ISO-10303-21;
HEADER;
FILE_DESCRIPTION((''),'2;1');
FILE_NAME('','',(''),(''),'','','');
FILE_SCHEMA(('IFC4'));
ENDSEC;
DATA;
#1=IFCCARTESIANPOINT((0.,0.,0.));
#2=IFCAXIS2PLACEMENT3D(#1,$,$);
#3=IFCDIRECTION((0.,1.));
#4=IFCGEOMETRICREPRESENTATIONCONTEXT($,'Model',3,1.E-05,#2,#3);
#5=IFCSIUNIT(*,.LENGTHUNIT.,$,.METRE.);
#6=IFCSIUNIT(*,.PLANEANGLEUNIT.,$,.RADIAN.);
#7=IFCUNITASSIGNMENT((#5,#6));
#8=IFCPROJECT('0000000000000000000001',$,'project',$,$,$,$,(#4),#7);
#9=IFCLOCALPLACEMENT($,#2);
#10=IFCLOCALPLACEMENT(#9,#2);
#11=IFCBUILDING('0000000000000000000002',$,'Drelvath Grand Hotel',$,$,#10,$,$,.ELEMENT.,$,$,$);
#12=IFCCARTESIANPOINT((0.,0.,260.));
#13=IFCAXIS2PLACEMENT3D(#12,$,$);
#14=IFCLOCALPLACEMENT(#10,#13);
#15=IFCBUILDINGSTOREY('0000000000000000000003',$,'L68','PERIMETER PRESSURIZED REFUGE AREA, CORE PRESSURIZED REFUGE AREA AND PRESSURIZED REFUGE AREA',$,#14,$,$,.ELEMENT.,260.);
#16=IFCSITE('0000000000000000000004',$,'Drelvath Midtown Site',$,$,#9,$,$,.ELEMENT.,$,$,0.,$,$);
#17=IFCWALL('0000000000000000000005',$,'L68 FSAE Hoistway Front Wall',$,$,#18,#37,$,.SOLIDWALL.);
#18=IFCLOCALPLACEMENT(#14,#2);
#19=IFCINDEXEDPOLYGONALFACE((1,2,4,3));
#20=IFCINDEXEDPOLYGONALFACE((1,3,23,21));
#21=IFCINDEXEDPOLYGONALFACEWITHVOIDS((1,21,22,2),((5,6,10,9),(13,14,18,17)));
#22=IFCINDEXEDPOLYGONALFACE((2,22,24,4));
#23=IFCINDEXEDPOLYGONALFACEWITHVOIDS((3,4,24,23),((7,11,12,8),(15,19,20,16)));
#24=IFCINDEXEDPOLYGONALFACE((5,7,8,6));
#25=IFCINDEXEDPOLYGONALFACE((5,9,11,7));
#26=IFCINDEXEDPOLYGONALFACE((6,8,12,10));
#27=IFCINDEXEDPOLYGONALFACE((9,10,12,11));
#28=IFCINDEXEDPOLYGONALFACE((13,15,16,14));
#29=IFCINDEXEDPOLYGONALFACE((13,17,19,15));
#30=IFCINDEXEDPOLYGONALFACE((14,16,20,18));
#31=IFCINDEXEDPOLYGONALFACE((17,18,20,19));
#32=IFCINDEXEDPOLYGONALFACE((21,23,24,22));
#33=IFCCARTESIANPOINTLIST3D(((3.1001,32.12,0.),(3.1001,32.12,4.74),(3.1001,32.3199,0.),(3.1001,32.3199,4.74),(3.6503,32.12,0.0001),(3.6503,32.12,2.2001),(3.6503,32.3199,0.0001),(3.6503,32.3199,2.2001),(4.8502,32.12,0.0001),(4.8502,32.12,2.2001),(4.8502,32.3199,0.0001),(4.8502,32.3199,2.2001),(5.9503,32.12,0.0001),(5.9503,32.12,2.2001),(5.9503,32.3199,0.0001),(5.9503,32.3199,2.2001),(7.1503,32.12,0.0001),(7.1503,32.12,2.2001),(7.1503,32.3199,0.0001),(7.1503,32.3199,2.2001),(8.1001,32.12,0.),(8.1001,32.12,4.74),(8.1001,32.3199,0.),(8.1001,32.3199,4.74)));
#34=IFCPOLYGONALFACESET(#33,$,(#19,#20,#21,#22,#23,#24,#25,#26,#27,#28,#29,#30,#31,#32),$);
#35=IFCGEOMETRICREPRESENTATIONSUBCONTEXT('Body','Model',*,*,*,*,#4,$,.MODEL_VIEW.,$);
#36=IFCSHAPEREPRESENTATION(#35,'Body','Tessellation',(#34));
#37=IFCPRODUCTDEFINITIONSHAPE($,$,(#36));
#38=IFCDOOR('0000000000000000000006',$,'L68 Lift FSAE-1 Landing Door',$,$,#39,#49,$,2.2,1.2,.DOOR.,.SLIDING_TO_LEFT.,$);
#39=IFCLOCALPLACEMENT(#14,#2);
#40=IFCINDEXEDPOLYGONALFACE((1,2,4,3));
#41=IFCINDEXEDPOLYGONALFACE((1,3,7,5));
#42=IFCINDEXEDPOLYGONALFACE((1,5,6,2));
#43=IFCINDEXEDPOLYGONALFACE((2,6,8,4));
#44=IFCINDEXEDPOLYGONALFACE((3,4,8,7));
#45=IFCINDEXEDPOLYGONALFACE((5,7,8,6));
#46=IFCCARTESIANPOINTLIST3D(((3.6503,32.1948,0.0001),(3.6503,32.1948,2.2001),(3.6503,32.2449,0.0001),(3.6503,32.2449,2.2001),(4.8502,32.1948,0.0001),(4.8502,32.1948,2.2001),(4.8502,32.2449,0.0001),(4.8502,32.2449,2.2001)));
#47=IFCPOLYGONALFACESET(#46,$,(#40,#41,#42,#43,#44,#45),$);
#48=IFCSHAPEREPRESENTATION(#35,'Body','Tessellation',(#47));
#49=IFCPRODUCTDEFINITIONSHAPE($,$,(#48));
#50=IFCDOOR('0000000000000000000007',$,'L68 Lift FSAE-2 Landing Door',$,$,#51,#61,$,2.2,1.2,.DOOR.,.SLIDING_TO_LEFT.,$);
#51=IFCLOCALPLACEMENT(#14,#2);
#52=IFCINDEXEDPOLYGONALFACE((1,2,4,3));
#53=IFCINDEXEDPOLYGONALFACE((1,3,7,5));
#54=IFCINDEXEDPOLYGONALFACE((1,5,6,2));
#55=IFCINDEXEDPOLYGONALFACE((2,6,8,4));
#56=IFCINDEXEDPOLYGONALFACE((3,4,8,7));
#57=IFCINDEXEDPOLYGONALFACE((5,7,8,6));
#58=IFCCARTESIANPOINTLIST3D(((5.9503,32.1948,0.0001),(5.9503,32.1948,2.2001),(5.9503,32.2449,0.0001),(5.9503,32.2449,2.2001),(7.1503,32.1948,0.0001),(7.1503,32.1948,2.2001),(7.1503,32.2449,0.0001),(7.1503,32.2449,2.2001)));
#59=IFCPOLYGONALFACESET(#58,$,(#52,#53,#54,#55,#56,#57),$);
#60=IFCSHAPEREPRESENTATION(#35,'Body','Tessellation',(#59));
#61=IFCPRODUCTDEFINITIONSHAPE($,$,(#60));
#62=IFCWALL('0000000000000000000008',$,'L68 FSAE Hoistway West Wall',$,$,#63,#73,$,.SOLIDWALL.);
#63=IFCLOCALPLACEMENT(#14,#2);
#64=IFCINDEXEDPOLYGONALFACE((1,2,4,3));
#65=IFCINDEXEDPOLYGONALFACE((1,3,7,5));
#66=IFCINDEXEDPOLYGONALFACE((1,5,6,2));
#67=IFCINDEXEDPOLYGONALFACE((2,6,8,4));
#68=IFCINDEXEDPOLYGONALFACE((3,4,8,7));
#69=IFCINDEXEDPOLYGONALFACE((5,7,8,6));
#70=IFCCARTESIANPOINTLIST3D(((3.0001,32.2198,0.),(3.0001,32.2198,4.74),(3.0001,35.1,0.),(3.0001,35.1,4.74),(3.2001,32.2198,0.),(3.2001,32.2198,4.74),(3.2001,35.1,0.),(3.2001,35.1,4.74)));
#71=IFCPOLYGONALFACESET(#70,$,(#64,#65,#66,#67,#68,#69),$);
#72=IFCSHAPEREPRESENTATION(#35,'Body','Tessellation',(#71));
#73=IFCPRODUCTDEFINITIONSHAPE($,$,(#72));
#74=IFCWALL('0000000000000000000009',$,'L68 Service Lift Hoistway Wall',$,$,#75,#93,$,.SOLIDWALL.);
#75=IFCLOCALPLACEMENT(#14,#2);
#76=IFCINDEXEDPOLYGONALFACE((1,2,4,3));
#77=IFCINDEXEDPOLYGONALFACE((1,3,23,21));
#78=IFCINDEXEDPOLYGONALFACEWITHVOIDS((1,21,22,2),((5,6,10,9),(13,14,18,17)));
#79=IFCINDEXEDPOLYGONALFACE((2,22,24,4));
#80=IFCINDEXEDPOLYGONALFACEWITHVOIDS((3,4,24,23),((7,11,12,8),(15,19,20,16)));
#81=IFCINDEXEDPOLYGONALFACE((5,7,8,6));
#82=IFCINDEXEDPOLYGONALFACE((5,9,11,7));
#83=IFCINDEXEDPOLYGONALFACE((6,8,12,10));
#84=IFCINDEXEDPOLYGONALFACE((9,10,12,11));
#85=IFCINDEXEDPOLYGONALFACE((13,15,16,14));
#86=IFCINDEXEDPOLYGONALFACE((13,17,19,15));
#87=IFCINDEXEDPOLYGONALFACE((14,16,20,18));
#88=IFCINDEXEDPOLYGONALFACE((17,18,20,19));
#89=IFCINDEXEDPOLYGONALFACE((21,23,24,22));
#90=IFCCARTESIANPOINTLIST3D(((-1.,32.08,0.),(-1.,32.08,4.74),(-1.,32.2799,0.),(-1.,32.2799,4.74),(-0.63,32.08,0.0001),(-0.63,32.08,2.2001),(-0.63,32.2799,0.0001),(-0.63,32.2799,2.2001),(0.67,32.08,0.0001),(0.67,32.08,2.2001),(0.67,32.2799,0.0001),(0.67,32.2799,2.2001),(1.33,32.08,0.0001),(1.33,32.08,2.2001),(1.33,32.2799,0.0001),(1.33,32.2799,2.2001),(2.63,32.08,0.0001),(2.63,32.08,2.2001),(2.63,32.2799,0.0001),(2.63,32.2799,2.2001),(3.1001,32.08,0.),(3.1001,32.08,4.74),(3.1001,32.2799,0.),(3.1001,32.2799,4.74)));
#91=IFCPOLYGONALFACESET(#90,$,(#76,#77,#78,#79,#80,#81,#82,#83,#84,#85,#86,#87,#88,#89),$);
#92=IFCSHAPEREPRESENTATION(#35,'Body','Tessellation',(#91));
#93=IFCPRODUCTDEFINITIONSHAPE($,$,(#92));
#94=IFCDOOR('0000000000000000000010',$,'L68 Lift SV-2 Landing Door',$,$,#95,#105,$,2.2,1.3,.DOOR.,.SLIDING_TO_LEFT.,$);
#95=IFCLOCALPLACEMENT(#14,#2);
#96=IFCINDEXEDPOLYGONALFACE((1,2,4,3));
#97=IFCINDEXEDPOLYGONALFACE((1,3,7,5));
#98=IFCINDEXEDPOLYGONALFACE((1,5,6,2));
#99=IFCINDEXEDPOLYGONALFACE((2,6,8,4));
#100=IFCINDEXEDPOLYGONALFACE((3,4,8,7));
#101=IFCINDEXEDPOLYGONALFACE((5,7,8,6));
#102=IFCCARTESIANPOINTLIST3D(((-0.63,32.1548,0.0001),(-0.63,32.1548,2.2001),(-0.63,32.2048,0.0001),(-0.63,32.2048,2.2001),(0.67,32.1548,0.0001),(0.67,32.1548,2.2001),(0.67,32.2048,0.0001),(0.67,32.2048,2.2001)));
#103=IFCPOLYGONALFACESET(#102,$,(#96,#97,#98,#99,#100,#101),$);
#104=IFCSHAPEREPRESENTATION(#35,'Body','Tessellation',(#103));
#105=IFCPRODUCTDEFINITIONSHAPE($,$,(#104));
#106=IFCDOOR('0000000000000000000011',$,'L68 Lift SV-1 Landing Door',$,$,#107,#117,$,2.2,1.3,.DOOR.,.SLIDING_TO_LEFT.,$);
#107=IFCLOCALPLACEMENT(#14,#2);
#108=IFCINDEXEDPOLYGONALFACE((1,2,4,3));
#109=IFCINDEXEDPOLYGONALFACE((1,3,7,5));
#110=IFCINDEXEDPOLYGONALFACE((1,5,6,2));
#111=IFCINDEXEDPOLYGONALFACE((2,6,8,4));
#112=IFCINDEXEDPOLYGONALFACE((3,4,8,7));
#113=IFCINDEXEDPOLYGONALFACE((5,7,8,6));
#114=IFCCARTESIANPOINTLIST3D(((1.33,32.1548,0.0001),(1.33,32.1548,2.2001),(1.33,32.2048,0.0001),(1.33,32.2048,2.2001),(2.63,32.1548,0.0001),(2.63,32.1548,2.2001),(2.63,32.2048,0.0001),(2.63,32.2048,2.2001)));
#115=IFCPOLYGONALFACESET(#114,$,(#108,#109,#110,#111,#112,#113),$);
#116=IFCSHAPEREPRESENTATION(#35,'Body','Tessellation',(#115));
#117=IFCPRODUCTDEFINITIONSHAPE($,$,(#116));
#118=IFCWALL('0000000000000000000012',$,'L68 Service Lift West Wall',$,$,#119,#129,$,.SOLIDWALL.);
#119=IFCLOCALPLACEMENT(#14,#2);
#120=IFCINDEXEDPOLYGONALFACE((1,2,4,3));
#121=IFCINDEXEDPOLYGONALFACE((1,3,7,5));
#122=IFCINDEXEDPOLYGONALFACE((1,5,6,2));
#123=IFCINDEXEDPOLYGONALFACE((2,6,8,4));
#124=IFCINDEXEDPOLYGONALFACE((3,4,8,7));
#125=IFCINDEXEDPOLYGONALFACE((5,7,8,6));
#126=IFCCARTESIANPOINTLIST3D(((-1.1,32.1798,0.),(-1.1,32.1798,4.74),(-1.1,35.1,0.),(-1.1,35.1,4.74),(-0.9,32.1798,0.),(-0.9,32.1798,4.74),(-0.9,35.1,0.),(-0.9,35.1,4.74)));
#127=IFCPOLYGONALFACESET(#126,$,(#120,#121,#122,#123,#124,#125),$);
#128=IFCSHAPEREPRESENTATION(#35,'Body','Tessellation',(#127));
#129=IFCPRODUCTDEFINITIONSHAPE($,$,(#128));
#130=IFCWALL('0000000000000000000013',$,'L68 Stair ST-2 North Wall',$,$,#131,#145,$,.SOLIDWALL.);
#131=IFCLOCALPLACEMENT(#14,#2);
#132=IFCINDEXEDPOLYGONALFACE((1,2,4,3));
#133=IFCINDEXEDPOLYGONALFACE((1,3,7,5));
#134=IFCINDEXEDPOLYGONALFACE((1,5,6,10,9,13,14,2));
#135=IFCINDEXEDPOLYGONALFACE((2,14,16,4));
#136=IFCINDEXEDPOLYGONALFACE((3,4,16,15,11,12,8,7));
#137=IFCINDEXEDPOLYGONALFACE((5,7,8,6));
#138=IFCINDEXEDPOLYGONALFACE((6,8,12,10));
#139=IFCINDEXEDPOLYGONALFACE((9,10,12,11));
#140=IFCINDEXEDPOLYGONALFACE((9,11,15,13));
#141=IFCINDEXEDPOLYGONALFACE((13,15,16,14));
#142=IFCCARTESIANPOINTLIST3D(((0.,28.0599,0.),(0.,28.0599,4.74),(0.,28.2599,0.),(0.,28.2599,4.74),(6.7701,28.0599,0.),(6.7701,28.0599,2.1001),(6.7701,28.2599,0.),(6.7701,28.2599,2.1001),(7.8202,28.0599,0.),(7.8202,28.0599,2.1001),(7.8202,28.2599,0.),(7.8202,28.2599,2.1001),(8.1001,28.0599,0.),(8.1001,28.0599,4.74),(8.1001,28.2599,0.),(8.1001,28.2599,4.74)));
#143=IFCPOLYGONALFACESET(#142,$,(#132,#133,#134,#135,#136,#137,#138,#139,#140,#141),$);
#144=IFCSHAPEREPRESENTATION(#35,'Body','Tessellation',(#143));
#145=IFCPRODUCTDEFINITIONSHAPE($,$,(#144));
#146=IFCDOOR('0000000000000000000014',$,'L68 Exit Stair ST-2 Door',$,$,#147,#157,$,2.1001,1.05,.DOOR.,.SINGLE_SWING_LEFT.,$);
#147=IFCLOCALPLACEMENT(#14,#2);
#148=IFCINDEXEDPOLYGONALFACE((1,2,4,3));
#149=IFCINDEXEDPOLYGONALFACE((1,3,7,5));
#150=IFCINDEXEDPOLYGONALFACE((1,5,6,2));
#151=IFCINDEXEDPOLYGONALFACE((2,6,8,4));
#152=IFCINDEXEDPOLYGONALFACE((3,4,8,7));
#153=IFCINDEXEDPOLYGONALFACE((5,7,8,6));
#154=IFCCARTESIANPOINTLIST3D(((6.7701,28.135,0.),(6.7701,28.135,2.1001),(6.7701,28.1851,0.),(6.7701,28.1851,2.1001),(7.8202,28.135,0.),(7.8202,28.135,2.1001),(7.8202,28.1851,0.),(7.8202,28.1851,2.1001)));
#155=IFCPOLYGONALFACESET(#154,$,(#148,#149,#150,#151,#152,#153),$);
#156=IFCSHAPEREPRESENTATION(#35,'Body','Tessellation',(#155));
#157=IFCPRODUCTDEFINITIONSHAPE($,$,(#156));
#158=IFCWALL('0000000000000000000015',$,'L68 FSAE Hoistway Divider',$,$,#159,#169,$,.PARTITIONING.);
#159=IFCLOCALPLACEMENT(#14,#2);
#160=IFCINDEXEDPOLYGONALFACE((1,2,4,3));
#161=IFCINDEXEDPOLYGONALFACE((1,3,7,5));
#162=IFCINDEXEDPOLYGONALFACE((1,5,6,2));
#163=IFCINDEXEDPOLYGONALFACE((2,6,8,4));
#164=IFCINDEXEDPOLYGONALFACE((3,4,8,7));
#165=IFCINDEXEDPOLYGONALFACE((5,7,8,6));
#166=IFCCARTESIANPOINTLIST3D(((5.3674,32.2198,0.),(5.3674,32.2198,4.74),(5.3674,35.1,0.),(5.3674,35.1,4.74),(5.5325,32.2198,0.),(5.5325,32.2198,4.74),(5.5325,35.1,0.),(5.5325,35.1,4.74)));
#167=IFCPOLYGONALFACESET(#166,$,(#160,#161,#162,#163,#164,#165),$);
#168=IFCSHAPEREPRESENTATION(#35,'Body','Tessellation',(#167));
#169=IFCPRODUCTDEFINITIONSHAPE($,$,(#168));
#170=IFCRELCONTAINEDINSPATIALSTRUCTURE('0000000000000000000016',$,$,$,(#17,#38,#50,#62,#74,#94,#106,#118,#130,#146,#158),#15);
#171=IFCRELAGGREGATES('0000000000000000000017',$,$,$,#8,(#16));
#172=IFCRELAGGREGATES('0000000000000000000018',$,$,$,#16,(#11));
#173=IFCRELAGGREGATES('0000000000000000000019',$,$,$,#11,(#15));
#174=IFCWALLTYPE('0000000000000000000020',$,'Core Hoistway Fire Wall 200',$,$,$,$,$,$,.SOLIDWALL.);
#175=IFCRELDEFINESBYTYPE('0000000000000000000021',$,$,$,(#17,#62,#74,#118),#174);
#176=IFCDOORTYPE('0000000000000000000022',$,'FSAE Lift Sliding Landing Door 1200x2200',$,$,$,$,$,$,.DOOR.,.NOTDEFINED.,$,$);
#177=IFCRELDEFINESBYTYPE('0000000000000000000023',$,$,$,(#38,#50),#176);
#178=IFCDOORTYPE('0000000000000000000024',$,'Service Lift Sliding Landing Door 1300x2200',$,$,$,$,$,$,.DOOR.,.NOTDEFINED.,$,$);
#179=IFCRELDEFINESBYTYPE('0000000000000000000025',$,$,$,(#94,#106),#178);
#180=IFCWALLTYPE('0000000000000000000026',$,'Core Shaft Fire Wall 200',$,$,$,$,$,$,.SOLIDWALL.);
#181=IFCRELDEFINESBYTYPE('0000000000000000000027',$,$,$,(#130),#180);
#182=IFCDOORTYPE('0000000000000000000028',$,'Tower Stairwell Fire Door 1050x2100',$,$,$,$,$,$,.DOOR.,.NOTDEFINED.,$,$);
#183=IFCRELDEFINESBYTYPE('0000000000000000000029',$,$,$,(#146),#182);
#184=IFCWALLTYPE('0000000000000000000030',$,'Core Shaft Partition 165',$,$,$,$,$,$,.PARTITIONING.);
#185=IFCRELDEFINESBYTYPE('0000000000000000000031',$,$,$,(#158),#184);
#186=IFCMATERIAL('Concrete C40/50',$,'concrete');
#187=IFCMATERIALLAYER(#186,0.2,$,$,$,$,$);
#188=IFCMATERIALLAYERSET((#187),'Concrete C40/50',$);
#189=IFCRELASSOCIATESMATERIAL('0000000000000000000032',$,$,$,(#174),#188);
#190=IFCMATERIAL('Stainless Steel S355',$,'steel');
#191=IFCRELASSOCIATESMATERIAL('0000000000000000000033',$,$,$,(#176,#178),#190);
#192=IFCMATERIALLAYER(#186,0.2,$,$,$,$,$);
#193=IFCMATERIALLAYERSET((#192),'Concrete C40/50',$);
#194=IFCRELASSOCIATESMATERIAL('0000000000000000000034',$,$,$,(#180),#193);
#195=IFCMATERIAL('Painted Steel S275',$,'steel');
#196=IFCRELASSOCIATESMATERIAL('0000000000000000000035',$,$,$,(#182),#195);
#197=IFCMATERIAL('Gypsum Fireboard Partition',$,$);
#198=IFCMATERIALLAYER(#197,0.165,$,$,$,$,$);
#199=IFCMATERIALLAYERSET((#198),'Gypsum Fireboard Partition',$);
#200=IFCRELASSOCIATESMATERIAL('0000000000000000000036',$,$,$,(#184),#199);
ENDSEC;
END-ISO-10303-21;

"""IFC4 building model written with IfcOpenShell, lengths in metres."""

from ifc_helpers import new_model, si_unit, direction, frame, frame_2d, origin, place, context, subcontext, project, spatial, rectangle, extrude, material, layer, layer_set, type_object, element, fill, save


model = new_model("IFC4")

# Units and contexts
model_context = context("Model", 3, precision=1e-05, world=origin(), true_north=direction((0.0, 1.0)))
body_context = subcontext(model_context, "Body", "Model", "MODEL_VIEW")
ifc_project = project(units=[si_unit("LENGTHUNIT", "METRE"), si_unit("PLANEANGLEUNIT", "RADIAN")], contexts=[model_context])

# Site, building, storey
site_placement = place(None, origin())
site = spatial("IfcSite", under=ifc_project, at=site_placement, Name="Drelvath Midtown Site", CompositionType="ELEMENT", RefElevation=0.0)
building_placement = place(site_placement, origin())
building = spatial("IfcBuilding", under=site, at=building_placement, Name="Drelvath Grand Hotel", CompositionType="ELEMENT")
storey_placement = place(building_placement, frame((0.0, 0.0, 260.0)))
storey = spatial("IfcBuildingStorey", under=building, at=storey_placement, Name="L68", Description="PERIMETER PRESSURIZED REFUGE AREA, CORE PRESSURIZED REFUGE AREA AND PRESSURIZED REFUGE AREA", CompositionType="ELEMENT", Elevation=260.0)

# Wall, openings, doors
ifc_material_1 = material(Name="Concrete C40/50", Category="concrete")
ifc_layer_1 = layer(ifc_material_1, 0.2)
ifc_layer_set_1 = layer_set([ifc_layer_1], Name="Concrete C40/50")
wall_type_1 = type_object("IfcWallType", Name="Core Hoistway Fire Wall 200", PredefinedType="SOLIDWALL", material=ifc_layer_set_1)
wall_1_placement = place(storey_placement, frame((3.1001, 32.22, 0.0), z_axis=(0.0, 0.0, 1.0), x_axis=(1.0, 0.0, 0.0)))
wall_1 = element("IfcWall", 1, at=wall_1_placement, inside=storey, type_object=wall_type_1, Name="L68 FSAE Hoistway Front Wall", PredefinedType="SOLIDWALL", context=body_context, shape_type="SweptSolid", body=[
    extrude(rectangle(XDim=5.0, YDim=0.2, at=frame_2d((2.5, 0.0))), origin(), (0.0, 0.0, 1.0), 4.74),
])
opening_1_placement = place(wall_1_placement, frame((0.55, 0.0, 0.0)))
opening_1 = element("IfcOpeningElement", 2, at=opening_1_placement, cuts=wall_1, PredefinedType="OPENING", context=body_context, shape_type="SweptSolid", body=[
    extrude(rectangle(XDim=1.2, YDim=2.2, at=frame_2d((0.6001, 1.1001))), frame((0.0, 0.1099, 0.0), z_axis=(0.0, -1.0, 0.0), x_axis=(1.0, 0.0, 0.0)), (0.0, 0.0, 1.0), 0.22),
])
opening_2_placement = place(wall_1_placement, frame((2.8501, 0.0, 0.0)))
opening_2 = element("IfcOpeningElement", 3, at=opening_2_placement, cuts=wall_1, PredefinedType="OPENING", context=body_context, shape_type="SweptSolid", body=[
    extrude(rectangle(XDim=1.2, YDim=2.2, at=frame_2d((0.6001, 1.1001))), frame((0.0, 0.1099, 0.0), z_axis=(0.0, -1.0, 0.0), x_axis=(1.0, 0.0, 0.0)), (0.0, 0.0, 1.0), 0.22),
])
ifc_material_2 = material(Name="Stainless Steel S355", Category="steel")
door_type_1 = type_object("IfcDoorType", Name="FSAE Lift Sliding Landing Door 1200x2200", OperationType="NOTDEFINED", PredefinedType="DOOR", material=ifc_material_2)
door_1_placement = place(opening_1_placement, origin())
door_1 = element("IfcDoor", 4, at=door_1_placement, inside=storey, type_object=door_type_1, Name="L68 Lift FSAE-1 Landing Door", OperationType="SLIDING_TO_LEFT", OverallHeight=2.2, OverallWidth=1.2, PredefinedType="DOOR", context=body_context, shape_type="SweptSolid", body=[
    extrude(rectangle(XDim=1.2, YDim=2.2, at=frame_2d((0.6001, 1.1001))), frame((0.0, 0.0249, 0.0), z_axis=(0.0, -1.0, 0.0), x_axis=(1.0, 0.0, 0.0)), (0.0, 0.0, 1.0), 0.05),
])
fill(opening_1, door_1)
door_2_placement = place(opening_2_placement, origin())
door_2 = element("IfcDoor", 5, at=door_2_placement, inside=storey, type_object=door_type_1, Name="L68 Lift FSAE-2 Landing Door", OperationType="SLIDING_TO_LEFT", OverallHeight=2.2, OverallWidth=1.2, PredefinedType="DOOR", context=body_context, shape_type="SweptSolid", body=[
    extrude(rectangle(XDim=1.2, YDim=2.2, at=frame_2d((0.6001, 1.1001))), frame((0.0, 0.0249, 0.0), z_axis=(0.0, -1.0, 0.0), x_axis=(1.0, 0.0, 0.0)), (0.0, 0.0, 1.0), 0.05),
])
fill(opening_2, door_2)

# Wall
wall_2_placement = place(storey_placement, frame((3.1001, 32.22, 0.0), z_axis=(0.0, 0.0, 1.0), x_axis=(0.0, 1.0, 0.0)))
element("IfcWall", 6, at=wall_2_placement, inside=storey, type_object=wall_type_1, Name="L68 FSAE Hoistway West Wall", PredefinedType="SOLIDWALL", context=body_context, shape_type="SweptSolid", body=[
    extrude(rectangle(XDim=2.8801, YDim=0.2, at=frame_2d((1.4399, 0.0))), origin(), (0.0, 0.0, 1.0), 4.74),
])

# Wall, openings, doors
wall_3_placement = place(storey_placement, frame((-1.0, 32.1799, 0.0), z_axis=(0.0, 0.0, 1.0), x_axis=(1.0, 0.0, 0.0)))
wall_3 = element("IfcWall", 7, at=wall_3_placement, inside=storey, type_object=wall_type_1, Name="L68 Service Lift Hoistway Wall", PredefinedType="SOLIDWALL", context=body_context, shape_type="SweptSolid", body=[
    extrude(rectangle(XDim=4.1001, YDim=0.2, at=frame_2d((2.05, 0.0))), origin(), (0.0, 0.0, 1.0), 4.74),
])
opening_3_placement = place(wall_3_placement, frame((0.3701, 0.0, 0.0)))
opening_3 = element("IfcOpeningElement", 8, at=opening_3_placement, cuts=wall_3, PredefinedType="OPENING", context=body_context, shape_type="SweptSolid", body=[
    extrude(rectangle(XDim=1.3, YDim=2.2, at=frame_2d((0.6499, 1.1001))), frame((0.0, 0.1099, 0.0), z_axis=(0.0, -1.0, 0.0), x_axis=(1.0, 0.0, 0.0)), (0.0, 0.0, 1.0), 0.22),
])
opening_4_placement = place(wall_3_placement, frame((2.3301, 0.0, 0.0)))
opening_4 = element("IfcOpeningElement", 9, at=opening_4_placement, cuts=wall_3, PredefinedType="OPENING", context=body_context, shape_type="SweptSolid", body=[
    extrude(rectangle(XDim=1.3, YDim=2.2, at=frame_2d((0.6499, 1.1001))), frame((0.0, 0.1099, 0.0), z_axis=(0.0, -1.0, 0.0), x_axis=(1.0, 0.0, 0.0)), (0.0, 0.0, 1.0), 0.22),
])
door_type_2 = type_object("IfcDoorType", Name="Service Lift Sliding Landing Door 1300x2200", OperationType="NOTDEFINED", PredefinedType="DOOR", material=ifc_material_2)
door_3_placement = place(opening_3_placement, origin())
door_3 = element("IfcDoor", 10, at=door_3_placement, inside=storey, type_object=door_type_2, Name="L68 Lift SV-2 Landing Door", OperationType="SLIDING_TO_LEFT", OverallHeight=2.2, OverallWidth=1.3, PredefinedType="DOOR", context=body_context, shape_type="SweptSolid", body=[
    extrude(rectangle(XDim=1.3, YDim=2.2, at=frame_2d((0.6499, 1.1001))), frame((0.0, 0.0249, 0.0), z_axis=(0.0, -1.0, 0.0), x_axis=(1.0, 0.0, 0.0)), (0.0, 0.0, 1.0), 0.05),
])
fill(opening_3, door_3)
door_4_placement = place(opening_4_placement, origin())
door_4 = element("IfcDoor", 11, at=door_4_placement, inside=storey, type_object=door_type_2, Name="L68 Lift SV-1 Landing Door", OperationType="SLIDING_TO_LEFT", OverallHeight=2.2, OverallWidth=1.3, PredefinedType="DOOR", context=body_context, shape_type="SweptSolid", body=[
    extrude(rectangle(XDim=1.3, YDim=2.2, at=frame_2d((0.6499, 1.1001))), frame((0.0, 0.0249, 0.0), z_axis=(0.0, -1.0, 0.0), x_axis=(1.0, 0.0, 0.0)), (0.0, 0.0, 1.0), 0.05),
])
fill(opening_4, door_4)

# Wall
wall_4_placement = place(storey_placement, frame((-1.0, 32.1799, 0.0), z_axis=(0.0, 0.0, 1.0), x_axis=(0.0, 1.0, 0.0)))
element("IfcWall", 12, at=wall_4_placement, inside=storey, type_object=wall_type_1, Name="L68 Service Lift West Wall", PredefinedType="SOLIDWALL", context=body_context, shape_type="SweptSolid", body=[
    extrude(rectangle(XDim=2.9202, YDim=0.2, at=frame_2d((1.46, 0.0))), origin(), (0.0, 0.0, 1.0), 4.74),
])

# Wall, opening, door
ifc_layer_2 = layer(ifc_material_1, 0.2)
ifc_layer_set_2 = layer_set([ifc_layer_2], Name="Concrete C40/50")
wall_type_2 = type_object("IfcWallType", Name="Core Shaft Fire Wall 200", PredefinedType="SOLIDWALL", material=ifc_layer_set_2)
wall_5_placement = place(storey_placement, frame((8.1001, 28.1599, 0.0), z_axis=(0.0, 0.0, 1.0), x_axis=(-1.0, 0.0, 0.0)))
wall_5 = element("IfcWall", 13, at=wall_5_placement, inside=storey, type_object=wall_type_2, Name="L68 Stair ST-2 North Wall", PredefinedType="SOLIDWALL", context=body_context, shape_type="SweptSolid", body=[
    extrude(rectangle(XDim=8.1001, YDim=0.2, at=frame_2d((4.05, 0.0))), origin(), (0.0, 0.0, 1.0), 4.74),
])
opening_5_placement = place(wall_5_placement, frame((0.28, 0.0, 0.0)))
opening_5 = element("IfcOpeningElement", 14, at=opening_5_placement, cuts=wall_5, PredefinedType="OPENING", context=body_context, shape_type="SweptSolid", body=[
    extrude(rectangle(XDim=1.05, YDim=2.1001, at=frame_2d((0.5249, 1.05))), frame((0.0, 0.1099, 0.0), z_axis=(0.0, -1.0, 0.0), x_axis=(1.0, 0.0, 0.0)), (0.0, 0.0, 1.0), 0.22),
])
ifc_material_3 = material(Name="Painted Steel S275", Category="steel")
door_type_3 = type_object("IfcDoorType", Name="Tower Stairwell Fire Door 1050x2100", OperationType="NOTDEFINED", PredefinedType="DOOR", material=ifc_material_3)
door_5_placement = place(opening_5_placement, origin())
door_5 = element("IfcDoor", 15, at=door_5_placement, inside=storey, type_object=door_type_3, Name="L68 Exit Stair ST-2 Door", OperationType="SINGLE_SWING_LEFT", OverallHeight=2.1001, OverallWidth=1.05, PredefinedType="DOOR", context=body_context, shape_type="SweptSolid", body=[
    extrude(rectangle(XDim=1.05, YDim=2.1001, at=frame_2d((0.5249, 1.05))), frame((0.0, 0.0249, 0.0), z_axis=(0.0, -1.0, 0.0), x_axis=(1.0, 0.0, 0.0)), (0.0, 0.0, 1.0), 0.05),
])
fill(opening_5, door_5)

# Wall
ifc_material_4 = material(Name="Gypsum Fireboard Partition")
ifc_layer_3 = layer(ifc_material_4, 0.165)
ifc_layer_set_3 = layer_set([ifc_layer_3], Name="Gypsum Fireboard Partition")
wall_type_3 = type_object("IfcWallType", Name="Core Shaft Partition 165", PredefinedType="PARTITIONING", material=ifc_layer_set_3)
wall_6_placement = place(storey_placement, frame((5.45, 32.22, 0.0), z_axis=(0.0, 0.0, 1.0), x_axis=(0.0, 1.0, 0.0)))
element("IfcWall", 16, at=wall_6_placement, inside=storey, type_object=wall_type_3, Name="L68 FSAE Hoistway Divider", PredefinedType="PARTITIONING", context=body_context, shape_type="SweptSolid", body=[
    extrude(rectangle(XDim=2.8801, YDim=0.165, at=frame_2d((1.4399, 0.0))), origin(), (0.0, 0.0, 1.0), 4.74),
])

save(model, "model.ifc")
